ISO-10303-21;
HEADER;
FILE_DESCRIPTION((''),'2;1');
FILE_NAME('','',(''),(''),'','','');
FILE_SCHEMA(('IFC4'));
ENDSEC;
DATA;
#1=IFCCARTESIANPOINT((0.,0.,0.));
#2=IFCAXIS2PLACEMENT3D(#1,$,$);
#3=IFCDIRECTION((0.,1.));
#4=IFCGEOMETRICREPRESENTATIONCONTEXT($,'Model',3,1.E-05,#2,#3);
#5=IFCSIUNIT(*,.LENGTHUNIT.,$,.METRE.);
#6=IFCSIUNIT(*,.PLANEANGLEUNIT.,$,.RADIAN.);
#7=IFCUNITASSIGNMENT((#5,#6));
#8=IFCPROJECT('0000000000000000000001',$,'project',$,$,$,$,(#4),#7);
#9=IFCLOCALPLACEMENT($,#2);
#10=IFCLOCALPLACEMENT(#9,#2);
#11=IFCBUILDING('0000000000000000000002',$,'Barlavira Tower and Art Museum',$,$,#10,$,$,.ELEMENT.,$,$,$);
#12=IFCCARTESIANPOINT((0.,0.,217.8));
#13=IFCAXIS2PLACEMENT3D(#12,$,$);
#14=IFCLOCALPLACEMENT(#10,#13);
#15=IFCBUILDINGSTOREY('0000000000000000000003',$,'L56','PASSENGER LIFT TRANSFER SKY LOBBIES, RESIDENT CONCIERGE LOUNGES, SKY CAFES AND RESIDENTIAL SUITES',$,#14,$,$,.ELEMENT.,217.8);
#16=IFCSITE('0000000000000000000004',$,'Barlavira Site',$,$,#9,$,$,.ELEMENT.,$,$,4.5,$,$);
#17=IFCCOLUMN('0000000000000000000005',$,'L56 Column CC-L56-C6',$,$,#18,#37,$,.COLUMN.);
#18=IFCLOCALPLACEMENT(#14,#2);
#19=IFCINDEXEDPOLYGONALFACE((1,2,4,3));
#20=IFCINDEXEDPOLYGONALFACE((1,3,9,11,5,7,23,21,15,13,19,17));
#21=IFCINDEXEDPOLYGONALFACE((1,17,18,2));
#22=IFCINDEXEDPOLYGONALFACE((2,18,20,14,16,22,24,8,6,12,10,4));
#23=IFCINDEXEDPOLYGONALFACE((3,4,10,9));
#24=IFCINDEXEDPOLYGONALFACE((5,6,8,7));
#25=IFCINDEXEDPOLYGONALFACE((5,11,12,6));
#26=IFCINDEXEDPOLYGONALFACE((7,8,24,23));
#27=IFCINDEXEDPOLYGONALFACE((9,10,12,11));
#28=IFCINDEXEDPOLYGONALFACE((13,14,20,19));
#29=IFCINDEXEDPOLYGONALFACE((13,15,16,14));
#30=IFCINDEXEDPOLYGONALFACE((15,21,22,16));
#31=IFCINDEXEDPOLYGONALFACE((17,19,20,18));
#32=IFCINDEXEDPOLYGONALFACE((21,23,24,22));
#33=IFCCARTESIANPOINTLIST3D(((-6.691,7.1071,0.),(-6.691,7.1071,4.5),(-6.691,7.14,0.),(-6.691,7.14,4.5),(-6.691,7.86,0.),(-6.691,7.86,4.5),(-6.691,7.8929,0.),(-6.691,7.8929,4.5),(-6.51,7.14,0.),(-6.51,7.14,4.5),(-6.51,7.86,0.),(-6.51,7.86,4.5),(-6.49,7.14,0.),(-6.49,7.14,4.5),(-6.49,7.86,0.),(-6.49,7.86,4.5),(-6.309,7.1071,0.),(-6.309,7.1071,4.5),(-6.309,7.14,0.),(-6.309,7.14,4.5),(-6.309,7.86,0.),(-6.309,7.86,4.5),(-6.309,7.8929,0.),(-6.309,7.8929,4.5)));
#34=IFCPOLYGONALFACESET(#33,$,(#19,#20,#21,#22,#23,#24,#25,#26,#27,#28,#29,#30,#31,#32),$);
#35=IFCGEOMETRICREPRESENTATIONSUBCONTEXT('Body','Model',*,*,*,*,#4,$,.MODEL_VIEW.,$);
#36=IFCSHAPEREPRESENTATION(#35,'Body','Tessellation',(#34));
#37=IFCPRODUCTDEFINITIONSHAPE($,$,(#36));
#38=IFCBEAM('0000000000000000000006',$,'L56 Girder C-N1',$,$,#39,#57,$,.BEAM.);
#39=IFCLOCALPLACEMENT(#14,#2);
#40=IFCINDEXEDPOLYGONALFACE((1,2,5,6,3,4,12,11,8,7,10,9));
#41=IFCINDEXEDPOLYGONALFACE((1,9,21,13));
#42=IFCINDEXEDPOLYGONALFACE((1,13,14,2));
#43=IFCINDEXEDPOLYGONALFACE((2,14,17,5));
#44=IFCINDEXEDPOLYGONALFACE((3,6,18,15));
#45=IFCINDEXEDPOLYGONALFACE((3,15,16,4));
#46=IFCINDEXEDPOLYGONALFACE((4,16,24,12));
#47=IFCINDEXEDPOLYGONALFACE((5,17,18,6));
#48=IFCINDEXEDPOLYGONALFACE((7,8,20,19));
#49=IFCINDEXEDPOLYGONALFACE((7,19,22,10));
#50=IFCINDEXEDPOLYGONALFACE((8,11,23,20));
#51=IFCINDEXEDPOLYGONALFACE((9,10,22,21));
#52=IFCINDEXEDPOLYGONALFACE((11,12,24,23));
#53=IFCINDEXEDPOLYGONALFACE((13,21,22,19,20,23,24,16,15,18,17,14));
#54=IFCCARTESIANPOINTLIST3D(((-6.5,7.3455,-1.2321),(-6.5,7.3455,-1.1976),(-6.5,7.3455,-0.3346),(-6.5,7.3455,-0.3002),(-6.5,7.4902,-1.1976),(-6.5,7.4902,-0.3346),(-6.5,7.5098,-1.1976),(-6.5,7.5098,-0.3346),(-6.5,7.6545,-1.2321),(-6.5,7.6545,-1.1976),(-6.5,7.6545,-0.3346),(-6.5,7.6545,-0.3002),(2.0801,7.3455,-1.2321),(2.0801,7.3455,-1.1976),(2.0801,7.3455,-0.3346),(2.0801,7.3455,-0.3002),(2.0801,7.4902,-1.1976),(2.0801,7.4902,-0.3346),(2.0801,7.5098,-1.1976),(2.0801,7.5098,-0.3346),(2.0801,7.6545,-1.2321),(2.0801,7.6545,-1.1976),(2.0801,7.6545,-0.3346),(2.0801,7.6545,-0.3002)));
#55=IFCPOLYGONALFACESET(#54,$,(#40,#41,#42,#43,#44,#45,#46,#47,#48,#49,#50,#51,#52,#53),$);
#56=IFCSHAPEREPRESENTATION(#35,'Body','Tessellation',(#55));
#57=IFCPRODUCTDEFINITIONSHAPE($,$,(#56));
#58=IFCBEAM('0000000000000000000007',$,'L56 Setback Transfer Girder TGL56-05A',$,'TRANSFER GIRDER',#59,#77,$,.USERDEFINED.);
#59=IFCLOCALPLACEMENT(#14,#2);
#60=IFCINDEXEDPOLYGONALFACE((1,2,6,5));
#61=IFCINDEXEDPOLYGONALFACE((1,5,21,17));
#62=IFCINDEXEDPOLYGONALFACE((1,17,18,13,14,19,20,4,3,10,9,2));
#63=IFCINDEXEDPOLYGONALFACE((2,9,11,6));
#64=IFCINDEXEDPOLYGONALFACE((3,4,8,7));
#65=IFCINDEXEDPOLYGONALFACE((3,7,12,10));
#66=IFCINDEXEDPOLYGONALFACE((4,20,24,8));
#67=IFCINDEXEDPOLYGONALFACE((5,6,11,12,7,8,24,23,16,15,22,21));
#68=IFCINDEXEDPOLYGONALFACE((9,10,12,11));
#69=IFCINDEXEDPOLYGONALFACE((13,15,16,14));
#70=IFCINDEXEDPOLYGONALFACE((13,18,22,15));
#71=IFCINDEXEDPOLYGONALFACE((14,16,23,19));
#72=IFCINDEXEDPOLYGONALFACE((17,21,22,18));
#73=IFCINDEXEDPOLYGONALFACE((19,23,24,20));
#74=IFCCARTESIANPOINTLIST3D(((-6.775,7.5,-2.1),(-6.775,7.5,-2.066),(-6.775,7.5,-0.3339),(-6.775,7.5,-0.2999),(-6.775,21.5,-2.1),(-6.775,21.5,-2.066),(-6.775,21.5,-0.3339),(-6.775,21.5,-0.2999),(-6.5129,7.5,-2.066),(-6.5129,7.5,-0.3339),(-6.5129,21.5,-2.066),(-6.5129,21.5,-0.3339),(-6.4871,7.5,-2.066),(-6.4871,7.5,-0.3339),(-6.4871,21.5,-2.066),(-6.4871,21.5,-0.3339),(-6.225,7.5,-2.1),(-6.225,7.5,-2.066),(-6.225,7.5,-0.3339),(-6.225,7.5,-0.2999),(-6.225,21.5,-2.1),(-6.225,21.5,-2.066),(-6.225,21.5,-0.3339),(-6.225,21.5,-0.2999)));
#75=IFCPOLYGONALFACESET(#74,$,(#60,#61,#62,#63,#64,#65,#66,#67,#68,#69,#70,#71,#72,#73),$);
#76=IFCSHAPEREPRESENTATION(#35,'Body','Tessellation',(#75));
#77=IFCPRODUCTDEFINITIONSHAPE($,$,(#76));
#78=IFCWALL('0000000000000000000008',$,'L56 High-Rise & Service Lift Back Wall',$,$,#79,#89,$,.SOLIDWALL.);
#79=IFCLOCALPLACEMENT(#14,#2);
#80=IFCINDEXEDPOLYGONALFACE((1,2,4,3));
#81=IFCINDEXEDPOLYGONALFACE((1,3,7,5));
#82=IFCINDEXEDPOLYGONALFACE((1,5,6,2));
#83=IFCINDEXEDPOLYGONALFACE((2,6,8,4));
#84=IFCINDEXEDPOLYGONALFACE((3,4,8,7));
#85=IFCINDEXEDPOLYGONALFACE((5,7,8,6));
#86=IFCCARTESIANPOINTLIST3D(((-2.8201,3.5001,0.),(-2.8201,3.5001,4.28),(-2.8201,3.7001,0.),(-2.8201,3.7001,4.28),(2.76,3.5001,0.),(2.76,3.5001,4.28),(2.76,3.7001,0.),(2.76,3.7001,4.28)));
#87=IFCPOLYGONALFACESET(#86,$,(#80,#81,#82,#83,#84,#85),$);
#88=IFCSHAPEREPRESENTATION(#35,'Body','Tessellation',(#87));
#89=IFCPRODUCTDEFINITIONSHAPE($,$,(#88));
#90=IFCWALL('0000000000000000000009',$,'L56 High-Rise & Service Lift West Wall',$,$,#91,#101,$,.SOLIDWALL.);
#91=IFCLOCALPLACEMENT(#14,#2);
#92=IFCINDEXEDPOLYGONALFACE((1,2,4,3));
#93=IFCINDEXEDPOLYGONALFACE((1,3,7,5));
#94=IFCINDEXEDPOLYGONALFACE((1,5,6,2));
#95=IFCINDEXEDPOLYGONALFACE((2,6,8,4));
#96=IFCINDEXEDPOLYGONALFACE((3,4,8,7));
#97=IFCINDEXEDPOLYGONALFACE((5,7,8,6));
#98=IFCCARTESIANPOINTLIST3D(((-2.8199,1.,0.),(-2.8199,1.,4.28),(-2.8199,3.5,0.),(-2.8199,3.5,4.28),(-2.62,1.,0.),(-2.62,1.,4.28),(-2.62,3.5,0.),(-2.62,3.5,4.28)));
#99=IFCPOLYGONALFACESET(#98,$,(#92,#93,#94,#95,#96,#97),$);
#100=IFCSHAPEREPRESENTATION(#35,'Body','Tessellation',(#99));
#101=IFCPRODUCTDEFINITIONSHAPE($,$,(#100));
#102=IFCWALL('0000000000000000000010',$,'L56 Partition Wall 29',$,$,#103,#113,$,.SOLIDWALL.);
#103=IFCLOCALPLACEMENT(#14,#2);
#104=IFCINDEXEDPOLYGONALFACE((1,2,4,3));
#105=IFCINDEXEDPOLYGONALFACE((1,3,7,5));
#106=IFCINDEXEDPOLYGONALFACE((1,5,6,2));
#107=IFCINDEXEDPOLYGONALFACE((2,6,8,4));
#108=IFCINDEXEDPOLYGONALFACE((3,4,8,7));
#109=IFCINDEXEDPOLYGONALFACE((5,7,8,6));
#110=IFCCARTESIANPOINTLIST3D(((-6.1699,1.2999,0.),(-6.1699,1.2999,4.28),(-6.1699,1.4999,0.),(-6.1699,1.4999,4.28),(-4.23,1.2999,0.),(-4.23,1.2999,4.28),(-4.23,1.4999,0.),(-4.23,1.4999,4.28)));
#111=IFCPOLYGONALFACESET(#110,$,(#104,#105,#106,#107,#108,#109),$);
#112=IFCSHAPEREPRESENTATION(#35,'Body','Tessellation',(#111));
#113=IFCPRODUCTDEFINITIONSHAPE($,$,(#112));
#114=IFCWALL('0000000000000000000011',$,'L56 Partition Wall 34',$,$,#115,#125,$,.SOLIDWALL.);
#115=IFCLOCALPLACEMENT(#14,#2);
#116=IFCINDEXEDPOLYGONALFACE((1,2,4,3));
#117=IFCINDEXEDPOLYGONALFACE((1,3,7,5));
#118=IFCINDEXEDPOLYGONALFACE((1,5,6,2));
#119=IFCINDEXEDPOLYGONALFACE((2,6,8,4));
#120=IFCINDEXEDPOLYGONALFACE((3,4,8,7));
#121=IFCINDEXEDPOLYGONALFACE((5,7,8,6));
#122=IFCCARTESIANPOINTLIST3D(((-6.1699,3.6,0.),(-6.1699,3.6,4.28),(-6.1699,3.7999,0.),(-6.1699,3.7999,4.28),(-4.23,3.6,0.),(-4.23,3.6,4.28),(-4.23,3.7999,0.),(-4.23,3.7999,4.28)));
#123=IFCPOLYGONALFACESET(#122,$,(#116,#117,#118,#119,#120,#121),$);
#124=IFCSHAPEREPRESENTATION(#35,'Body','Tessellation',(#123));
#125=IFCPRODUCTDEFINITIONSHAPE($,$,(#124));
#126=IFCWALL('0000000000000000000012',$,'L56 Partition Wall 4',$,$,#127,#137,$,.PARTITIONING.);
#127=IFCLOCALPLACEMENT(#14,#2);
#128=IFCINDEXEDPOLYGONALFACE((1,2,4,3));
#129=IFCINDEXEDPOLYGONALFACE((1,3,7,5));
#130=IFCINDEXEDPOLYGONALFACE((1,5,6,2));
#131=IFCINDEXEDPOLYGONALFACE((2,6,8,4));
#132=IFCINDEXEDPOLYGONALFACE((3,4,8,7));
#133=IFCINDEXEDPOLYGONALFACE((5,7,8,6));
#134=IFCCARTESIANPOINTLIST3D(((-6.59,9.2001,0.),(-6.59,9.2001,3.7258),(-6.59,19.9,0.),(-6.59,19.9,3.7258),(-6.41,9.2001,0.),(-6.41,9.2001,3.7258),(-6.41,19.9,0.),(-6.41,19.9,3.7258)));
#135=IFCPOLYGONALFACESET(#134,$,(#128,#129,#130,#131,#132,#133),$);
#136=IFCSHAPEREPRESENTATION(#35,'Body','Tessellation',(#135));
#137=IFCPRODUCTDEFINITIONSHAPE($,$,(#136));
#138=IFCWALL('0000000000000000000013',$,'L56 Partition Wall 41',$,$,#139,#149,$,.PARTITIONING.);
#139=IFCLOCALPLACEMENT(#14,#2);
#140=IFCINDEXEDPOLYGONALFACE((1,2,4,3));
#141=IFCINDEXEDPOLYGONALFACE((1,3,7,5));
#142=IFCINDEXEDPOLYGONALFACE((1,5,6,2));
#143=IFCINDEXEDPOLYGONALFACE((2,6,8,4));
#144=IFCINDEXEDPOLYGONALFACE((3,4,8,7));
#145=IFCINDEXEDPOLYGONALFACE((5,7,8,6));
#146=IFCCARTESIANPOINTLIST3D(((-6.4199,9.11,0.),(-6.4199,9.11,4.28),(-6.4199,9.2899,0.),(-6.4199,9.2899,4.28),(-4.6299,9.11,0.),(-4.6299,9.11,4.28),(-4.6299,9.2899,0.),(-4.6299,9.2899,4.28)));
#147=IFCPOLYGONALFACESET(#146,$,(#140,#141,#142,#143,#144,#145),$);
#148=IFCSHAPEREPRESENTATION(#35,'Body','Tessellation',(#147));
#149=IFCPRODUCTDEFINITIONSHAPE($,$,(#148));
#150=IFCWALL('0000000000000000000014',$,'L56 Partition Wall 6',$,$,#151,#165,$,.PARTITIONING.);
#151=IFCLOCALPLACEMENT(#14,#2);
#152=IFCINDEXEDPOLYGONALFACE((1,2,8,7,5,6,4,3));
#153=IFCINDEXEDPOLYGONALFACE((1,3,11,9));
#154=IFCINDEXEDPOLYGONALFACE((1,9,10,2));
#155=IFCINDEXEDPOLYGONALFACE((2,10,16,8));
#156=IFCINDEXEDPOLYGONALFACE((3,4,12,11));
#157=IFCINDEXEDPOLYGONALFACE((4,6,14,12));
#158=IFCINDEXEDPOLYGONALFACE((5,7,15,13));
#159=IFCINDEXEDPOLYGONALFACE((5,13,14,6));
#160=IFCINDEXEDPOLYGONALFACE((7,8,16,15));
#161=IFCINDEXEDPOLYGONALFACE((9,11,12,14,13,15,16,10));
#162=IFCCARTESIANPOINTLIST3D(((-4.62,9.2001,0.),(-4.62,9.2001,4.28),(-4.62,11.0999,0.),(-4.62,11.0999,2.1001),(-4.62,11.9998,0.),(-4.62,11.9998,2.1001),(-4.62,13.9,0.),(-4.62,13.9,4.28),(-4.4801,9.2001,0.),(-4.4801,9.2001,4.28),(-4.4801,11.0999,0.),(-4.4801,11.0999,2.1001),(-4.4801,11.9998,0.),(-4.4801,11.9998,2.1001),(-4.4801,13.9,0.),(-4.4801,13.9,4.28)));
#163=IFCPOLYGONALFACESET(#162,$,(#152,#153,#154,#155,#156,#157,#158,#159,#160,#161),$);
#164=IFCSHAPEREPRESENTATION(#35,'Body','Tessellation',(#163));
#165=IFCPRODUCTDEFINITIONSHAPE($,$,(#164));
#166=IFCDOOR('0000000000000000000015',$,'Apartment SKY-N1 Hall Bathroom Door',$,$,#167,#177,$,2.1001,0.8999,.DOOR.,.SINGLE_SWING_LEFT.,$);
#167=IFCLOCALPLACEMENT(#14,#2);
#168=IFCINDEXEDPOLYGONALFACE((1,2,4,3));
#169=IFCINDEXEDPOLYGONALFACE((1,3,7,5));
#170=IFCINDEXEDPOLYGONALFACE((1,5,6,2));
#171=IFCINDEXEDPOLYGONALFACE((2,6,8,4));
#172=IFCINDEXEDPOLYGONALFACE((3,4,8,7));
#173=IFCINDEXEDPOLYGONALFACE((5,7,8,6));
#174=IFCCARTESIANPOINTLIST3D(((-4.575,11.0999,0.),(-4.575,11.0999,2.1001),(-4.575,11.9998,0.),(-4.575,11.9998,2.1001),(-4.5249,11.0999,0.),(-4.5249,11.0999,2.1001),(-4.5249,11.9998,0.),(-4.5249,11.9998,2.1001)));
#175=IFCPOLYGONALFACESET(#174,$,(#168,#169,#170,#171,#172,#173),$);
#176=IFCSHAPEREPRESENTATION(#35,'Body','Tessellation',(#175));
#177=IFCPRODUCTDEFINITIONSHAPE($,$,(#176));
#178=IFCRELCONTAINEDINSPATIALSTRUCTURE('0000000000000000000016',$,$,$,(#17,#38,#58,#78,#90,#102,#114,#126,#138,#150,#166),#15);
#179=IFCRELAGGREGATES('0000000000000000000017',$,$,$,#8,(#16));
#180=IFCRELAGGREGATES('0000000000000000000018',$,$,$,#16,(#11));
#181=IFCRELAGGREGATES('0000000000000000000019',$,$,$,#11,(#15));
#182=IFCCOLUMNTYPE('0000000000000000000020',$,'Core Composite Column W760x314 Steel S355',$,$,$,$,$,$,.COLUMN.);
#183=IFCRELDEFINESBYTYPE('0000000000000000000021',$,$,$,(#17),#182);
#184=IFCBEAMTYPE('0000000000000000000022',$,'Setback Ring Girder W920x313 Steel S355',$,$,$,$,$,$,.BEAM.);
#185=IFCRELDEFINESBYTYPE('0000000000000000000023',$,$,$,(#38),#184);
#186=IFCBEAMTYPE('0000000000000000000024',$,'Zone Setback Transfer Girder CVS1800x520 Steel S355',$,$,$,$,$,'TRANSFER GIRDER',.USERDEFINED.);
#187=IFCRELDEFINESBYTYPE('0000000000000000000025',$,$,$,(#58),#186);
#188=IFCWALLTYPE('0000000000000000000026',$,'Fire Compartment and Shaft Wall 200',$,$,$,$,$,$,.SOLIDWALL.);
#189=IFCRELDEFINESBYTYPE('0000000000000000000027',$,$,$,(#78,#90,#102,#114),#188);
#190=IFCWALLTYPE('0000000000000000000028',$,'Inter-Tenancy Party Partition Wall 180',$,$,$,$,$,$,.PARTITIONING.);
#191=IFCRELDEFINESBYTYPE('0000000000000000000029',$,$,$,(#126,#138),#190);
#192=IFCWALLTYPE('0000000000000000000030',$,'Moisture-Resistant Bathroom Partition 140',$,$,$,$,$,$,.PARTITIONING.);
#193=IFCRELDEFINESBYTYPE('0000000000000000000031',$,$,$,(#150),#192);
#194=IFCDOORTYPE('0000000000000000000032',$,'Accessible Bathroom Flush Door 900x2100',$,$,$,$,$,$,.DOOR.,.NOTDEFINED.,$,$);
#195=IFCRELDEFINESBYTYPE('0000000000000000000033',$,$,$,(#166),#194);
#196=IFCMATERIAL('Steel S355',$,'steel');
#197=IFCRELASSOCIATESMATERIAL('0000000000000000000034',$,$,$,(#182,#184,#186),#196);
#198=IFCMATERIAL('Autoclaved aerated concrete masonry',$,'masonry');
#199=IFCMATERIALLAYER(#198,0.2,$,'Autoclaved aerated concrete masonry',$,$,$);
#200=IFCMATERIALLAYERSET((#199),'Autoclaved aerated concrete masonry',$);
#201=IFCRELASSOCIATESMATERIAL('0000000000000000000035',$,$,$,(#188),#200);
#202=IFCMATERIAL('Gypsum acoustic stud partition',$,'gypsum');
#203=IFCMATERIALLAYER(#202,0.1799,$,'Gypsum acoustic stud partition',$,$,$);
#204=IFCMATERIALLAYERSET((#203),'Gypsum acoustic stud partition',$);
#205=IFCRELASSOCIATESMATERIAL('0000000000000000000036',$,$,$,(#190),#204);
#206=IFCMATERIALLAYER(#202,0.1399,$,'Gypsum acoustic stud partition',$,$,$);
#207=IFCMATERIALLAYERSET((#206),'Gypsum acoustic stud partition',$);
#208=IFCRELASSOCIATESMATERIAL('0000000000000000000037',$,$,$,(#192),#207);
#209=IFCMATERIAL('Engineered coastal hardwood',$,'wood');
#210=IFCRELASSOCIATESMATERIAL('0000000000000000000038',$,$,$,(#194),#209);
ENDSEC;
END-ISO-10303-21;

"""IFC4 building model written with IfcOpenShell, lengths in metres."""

from ifc_helpers import new_model, si_unit, direction, frame, frame_2d, origin, origin_2d, place, context, subcontext, project, spatial, rectangle, i_section, extrude, material, layer, layer_set, material_profile, profile_set, type_object, element, fill, save


model = new_model("IFC4")

# Units and contexts
model_context = context("Model", 3, precision=1e-05, world=origin(), true_north=direction((0.0, 1.0)))
body_context = subcontext(model_context, "Body", "Model", "MODEL_VIEW")
ifc_project = project(units=[si_unit("LENGTHUNIT", "METRE"), si_unit("PLANEANGLEUNIT", "RADIAN")], contexts=[model_context])

# Site, building, storey
site_placement = place(None, origin())
site = spatial("IfcSite", under=ifc_project, at=site_placement, Name="Barlavira Site", CompositionType="ELEMENT", RefElevation=4.5)
building_placement = place(site_placement, origin())
building = spatial("IfcBuilding", under=site, at=building_placement, Name="Barlavira Tower and Art Museum", CompositionType="ELEMENT")
storey_placement = place(building_placement, frame((0.0, 0.0, 217.8)))
storey = spatial("IfcBuildingStorey", under=building, at=storey_placement, Name="L56", Description="PASSENGER LIFT TRANSFER SKY LOBBIES, RESIDENT CONCIERGE LOUNGES, SKY CAFES AND RESIDENTIAL SUITES", CompositionType="ELEMENT", Elevation=217.8)

# Column
ifc_material_1 = material(Name="Steel S355", Category="steel")
ifc_material_profile_1 = material_profile(ifc_material_1, i_section(OverallWidth=0.3821, OverallDepth=0.7859, WebThickness=0.02, FlangeThickness=0.033, at=origin_2d()), Name="W760x314.0")
ifc_profile_set_1 = profile_set([ifc_material_profile_1], Name="Steel S355")
column_type = type_object("IfcColumnType", Name="Core Composite Column W760x314 Steel S355", PredefinedType="COLUMN", material=ifc_profile_set_1)
column_placement = place(storey_placement, frame((-6.5, 7.5, 0.0), z_axis=(0.0, 0.0, 1.0), x_axis=(1.0, 0.0, 0.0)))
element("IfcColumn", 1, at=column_placement, inside=storey, type_object=column_type, Name="L56 Column CC-L56-C6", PredefinedType="COLUMN", context=body_context, shape_type="SweptSolid", body=[
    extrude(i_section(OverallWidth=0.3821, OverallDepth=0.7859, WebThickness=0.02, FlangeThickness=0.033, at=origin_2d()), origin(), (0.0, 0.0, 1.0), 4.5),
])

# Beams
ifc_material_profile_2 = material_profile(ifc_material_1, i_section(OverallWidth=0.3091, OverallDepth=0.9319, WebThickness=0.0195, FlangeThickness=0.0344, at=origin_2d()), Name="W920x313.0")
ifc_profile_set_2 = profile_set([ifc_material_profile_2], Name="Steel S355")
beam_type_1 = type_object("IfcBeamType", Name="Setback Ring Girder W920x313 Steel S355", PredefinedType="BEAM", material=ifc_profile_set_2)
beam_1_placement = place(storey_placement, frame((-6.5, 7.5, -0.7661), z_axis=(1.0, 0.0, 0.0), x_axis=(0.0, 1.0, 0.0)))
element("IfcBeam", 2, at=beam_1_placement, inside=storey, type_object=beam_type_1, Name="L56 Girder C-N1", PredefinedType="BEAM", context=body_context, shape_type="SweptSolid", body=[
    extrude(i_section(OverallWidth=0.3091, OverallDepth=0.9319, WebThickness=0.0195, FlangeThickness=0.0344, at=origin_2d()), origin(), (0.0, 0.0, 1.0), 8.5801),
])
ifc_material_profile_3 = material_profile(ifc_material_1, i_section(OverallWidth=0.55, OverallDepth=1.8, WebThickness=0.0259, FlangeThickness=0.0339, at=origin_2d()), Name="CVS1800x520")
ifc_profile_set_3 = profile_set([ifc_material_profile_3], Name="Steel S355")
beam_type_2 = type_object("IfcBeamType", Name="Zone Setback Transfer Girder CVS1800x520 Steel S355", ElementType="TRANSFER GIRDER", PredefinedType="USERDEFINED", material=ifc_profile_set_3)
beam_2_placement = place(storey_placement, frame((-6.5, 7.5, -1.2), z_axis=(0.0, 1.0, 0.0), x_axis=(-1.0, 0.0, 0.0)))
element("IfcBeam", 3, at=beam_2_placement, inside=storey, type_object=beam_type_2, Name="L56 Setback Transfer Girder TGL56-05A", ObjectType="TRANSFER GIRDER", PredefinedType="USERDEFINED", context=body_context, shape_type="SweptSolid", body=[
    extrude(i_section(OverallWidth=0.55, OverallDepth=1.8, WebThickness=0.0259, FlangeThickness=0.0339, at=origin_2d()), origin(), (0.0, 0.0, 1.0), 14.0),
])

# Shared definitions
ifc_material_2 = material(Name="Autoclaved aerated concrete masonry", Category="masonry")
ifc_layer_1 = layer(ifc_material_2, 0.2, Name="Autoclaved aerated concrete masonry")
ifc_layer_set_1 = layer_set([ifc_layer_1], Name="Autoclaved aerated concrete masonry")
wall_type_1 = type_object("IfcWallType", Name="Fire Compartment and Shaft Wall 200", PredefinedType="SOLIDWALL", material=ifc_layer_set_1)

# Walls
wall_1_placement = place(storey_placement, frame((-2.8201, 3.6001, 0.0), z_axis=(0.0, 0.0, 1.0), x_axis=(1.0, 0.0, 0.0)))
element("IfcWall", 4, at=wall_1_placement, inside=storey, type_object=wall_type_1, Name="L56 High-Rise & Service Lift Back Wall", PredefinedType="SOLIDWALL", context=body_context, shape_type="SweptSolid", body=[
    extrude(rectangle(XDim=5.5801, YDim=0.2, at=frame_2d((2.79, 0.0))), origin(), (0.0, 0.0, 1.0), 4.28),
])
wall_2_placement = place(storey_placement, frame((-2.72, 1.0, 0.0), z_axis=(0.0, 0.0, 1.0), x_axis=(0.0, 1.0, 0.0)))
element("IfcWall", 5, at=wall_2_placement, inside=storey, type_object=wall_type_1, Name="L56 High-Rise & Service Lift West Wall", PredefinedType="SOLIDWALL", context=body_context, shape_type="SweptSolid", body=[
    extrude(rectangle(XDim=2.5, YDim=0.2, at=frame_2d((1.25, 0.0))), origin(), (0.0, 0.0, 1.0), 4.28),
])
for number, where, z_axis, x_axis, name in (
    (6, (-6.1699, 1.3999, 0.0), (0.0, 0.0, 1.0), (1.0, 0.0, 0.0), "L56 Partition Wall 29"),
    (7, (-6.1699, 3.7, 0.0), (0.0, 0.0, 1.0), (1.0, 0.0, 0.0), "L56 Partition Wall 34"),
):
    element("IfcWall", number, at=place(storey_placement, frame(where, z_axis=z_axis, x_axis=x_axis)), inside=storey, type_object=wall_type_1, Name=name, PredefinedType="SOLIDWALL", context=body_context, shape_type="SweptSolid", body=[
        extrude(rectangle(XDim=1.9399, YDim=0.2, at=frame_2d((0.97, 0.0))), origin(), (0.0, 0.0, 1.0), 4.28),
    ])
ifc_material_3 = material(Name="Gypsum acoustic stud partition", Category="gypsum")
ifc_layer_2 = layer(ifc_material_3, 0.1799, Name="Gypsum acoustic stud partition")
ifc_layer_set_2 = layer_set([ifc_layer_2], Name="Gypsum acoustic stud partition")
wall_type_2 = type_object("IfcWallType", Name="Inter-Tenancy Party Partition Wall 180", PredefinedType="PARTITIONING", material=ifc_layer_set_2)
wall_3_placement = place(storey_placement, frame((-6.5, 9.2, 0.0), z_axis=(0.0, 0.0, 1.0), x_axis=(0.0, 1.0, 0.0)))
element("IfcWall", 8, at=wall_3_placement, inside=storey, type_object=wall_type_2, Name="L56 Partition Wall 4", PredefinedType="PARTITIONING", context=body_context, shape_type="SweptSolid", body=[
    extrude(rectangle(XDim=10.7, YDim=0.1799, at=frame_2d((5.3501, 0.0))), origin(), (0.0, 0.0, 1.0), 3.7258),
])
wall_4_placement = place(storey_placement, frame((-6.4199, 9.2, 0.0), z_axis=(0.0, 0.0, 1.0), x_axis=(1.0, 0.0, 0.0)))
element("IfcWall", 9, at=wall_4_placement, inside=storey, type_object=wall_type_2, Name="L56 Partition Wall 41", PredefinedType="PARTITIONING", context=body_context, shape_type="SweptSolid", body=[
    extrude(rectangle(XDim=1.79, YDim=0.1799, at=frame_2d((0.895, 0.0))), origin(), (0.0, 0.0, 1.0), 4.28),
])

# Wall, opening, door
ifc_layer_3 = layer(ifc_material_3, 0.1399, Name="Gypsum acoustic stud partition")
ifc_layer_set_3 = layer_set([ifc_layer_3], Name="Gypsum acoustic stud partition")
wall_type_3 = type_object("IfcWallType", Name="Moisture-Resistant Bathroom Partition 140", PredefinedType="PARTITIONING", material=ifc_layer_set_3)
wall_5_placement = place(storey_placement, frame((-4.55, 9.2, 0.0), z_axis=(0.0, 0.0, 1.0), x_axis=(0.0, 1.0, 0.0)))
wall_5 = element("IfcWall", 10, at=wall_5_placement, inside=storey, type_object=wall_type_3, Name="L56 Partition Wall 6", PredefinedType="PARTITIONING", context=body_context, shape_type="SweptSolid", body=[
    extrude(rectangle(XDim=4.7, YDim=0.1399, at=frame_2d((2.3501, 0.0))), origin(), (0.0, 0.0, 1.0), 4.28),
])
opening_1_placement = place(wall_5_placement, frame((1.8999, 0.0, 0.0)))
opening_1 = element("IfcOpeningElement", 11, at=opening_1_placement, cuts=wall_5, PredefinedType="OPENING", context=body_context, shape_type="SweptSolid", body=[
    extrude(rectangle(XDim=0.8999, YDim=2.1001, at=frame_2d((0.45, 1.05))), frame((0.0, 0.0801, 0.0), z_axis=(0.0, -1.0, 0.0), x_axis=(1.0, 0.0, 0.0)), (0.0, 0.0, 1.0), 0.1599),
])
ifc_material_4 = material(Name="Engineered coastal hardwood", Category="wood")
door_type_1 = type_object("IfcDoorType", Name="Accessible Bathroom Flush Door 900x2100", OperationType="NOTDEFINED", PredefinedType="DOOR", material=ifc_material_4)
door_1_placement = place(opening_1_placement, origin())
door_1 = element("IfcDoor", 12, at=door_1_placement, inside=storey, type_object=door_type_1, Name="Apartment SKY-N1 Hall Bathroom Door", OperationType="SINGLE_SWING_LEFT", OverallHeight=2.1001, OverallWidth=0.8999, PredefinedType="DOOR", context=body_context, shape_type="SweptSolid", body=[
    extrude(rectangle(XDim=0.8999, YDim=2.1001, at=frame_2d((0.45, 1.05))), frame((0.0, 0.0249, 0.0), z_axis=(0.0, -1.0, 0.0), x_axis=(1.0, 0.0, 0.0)), (0.0, 0.0, 1.0), 0.05),
])
fill(opening_1, door_1)

save(model, "model.ifc")
